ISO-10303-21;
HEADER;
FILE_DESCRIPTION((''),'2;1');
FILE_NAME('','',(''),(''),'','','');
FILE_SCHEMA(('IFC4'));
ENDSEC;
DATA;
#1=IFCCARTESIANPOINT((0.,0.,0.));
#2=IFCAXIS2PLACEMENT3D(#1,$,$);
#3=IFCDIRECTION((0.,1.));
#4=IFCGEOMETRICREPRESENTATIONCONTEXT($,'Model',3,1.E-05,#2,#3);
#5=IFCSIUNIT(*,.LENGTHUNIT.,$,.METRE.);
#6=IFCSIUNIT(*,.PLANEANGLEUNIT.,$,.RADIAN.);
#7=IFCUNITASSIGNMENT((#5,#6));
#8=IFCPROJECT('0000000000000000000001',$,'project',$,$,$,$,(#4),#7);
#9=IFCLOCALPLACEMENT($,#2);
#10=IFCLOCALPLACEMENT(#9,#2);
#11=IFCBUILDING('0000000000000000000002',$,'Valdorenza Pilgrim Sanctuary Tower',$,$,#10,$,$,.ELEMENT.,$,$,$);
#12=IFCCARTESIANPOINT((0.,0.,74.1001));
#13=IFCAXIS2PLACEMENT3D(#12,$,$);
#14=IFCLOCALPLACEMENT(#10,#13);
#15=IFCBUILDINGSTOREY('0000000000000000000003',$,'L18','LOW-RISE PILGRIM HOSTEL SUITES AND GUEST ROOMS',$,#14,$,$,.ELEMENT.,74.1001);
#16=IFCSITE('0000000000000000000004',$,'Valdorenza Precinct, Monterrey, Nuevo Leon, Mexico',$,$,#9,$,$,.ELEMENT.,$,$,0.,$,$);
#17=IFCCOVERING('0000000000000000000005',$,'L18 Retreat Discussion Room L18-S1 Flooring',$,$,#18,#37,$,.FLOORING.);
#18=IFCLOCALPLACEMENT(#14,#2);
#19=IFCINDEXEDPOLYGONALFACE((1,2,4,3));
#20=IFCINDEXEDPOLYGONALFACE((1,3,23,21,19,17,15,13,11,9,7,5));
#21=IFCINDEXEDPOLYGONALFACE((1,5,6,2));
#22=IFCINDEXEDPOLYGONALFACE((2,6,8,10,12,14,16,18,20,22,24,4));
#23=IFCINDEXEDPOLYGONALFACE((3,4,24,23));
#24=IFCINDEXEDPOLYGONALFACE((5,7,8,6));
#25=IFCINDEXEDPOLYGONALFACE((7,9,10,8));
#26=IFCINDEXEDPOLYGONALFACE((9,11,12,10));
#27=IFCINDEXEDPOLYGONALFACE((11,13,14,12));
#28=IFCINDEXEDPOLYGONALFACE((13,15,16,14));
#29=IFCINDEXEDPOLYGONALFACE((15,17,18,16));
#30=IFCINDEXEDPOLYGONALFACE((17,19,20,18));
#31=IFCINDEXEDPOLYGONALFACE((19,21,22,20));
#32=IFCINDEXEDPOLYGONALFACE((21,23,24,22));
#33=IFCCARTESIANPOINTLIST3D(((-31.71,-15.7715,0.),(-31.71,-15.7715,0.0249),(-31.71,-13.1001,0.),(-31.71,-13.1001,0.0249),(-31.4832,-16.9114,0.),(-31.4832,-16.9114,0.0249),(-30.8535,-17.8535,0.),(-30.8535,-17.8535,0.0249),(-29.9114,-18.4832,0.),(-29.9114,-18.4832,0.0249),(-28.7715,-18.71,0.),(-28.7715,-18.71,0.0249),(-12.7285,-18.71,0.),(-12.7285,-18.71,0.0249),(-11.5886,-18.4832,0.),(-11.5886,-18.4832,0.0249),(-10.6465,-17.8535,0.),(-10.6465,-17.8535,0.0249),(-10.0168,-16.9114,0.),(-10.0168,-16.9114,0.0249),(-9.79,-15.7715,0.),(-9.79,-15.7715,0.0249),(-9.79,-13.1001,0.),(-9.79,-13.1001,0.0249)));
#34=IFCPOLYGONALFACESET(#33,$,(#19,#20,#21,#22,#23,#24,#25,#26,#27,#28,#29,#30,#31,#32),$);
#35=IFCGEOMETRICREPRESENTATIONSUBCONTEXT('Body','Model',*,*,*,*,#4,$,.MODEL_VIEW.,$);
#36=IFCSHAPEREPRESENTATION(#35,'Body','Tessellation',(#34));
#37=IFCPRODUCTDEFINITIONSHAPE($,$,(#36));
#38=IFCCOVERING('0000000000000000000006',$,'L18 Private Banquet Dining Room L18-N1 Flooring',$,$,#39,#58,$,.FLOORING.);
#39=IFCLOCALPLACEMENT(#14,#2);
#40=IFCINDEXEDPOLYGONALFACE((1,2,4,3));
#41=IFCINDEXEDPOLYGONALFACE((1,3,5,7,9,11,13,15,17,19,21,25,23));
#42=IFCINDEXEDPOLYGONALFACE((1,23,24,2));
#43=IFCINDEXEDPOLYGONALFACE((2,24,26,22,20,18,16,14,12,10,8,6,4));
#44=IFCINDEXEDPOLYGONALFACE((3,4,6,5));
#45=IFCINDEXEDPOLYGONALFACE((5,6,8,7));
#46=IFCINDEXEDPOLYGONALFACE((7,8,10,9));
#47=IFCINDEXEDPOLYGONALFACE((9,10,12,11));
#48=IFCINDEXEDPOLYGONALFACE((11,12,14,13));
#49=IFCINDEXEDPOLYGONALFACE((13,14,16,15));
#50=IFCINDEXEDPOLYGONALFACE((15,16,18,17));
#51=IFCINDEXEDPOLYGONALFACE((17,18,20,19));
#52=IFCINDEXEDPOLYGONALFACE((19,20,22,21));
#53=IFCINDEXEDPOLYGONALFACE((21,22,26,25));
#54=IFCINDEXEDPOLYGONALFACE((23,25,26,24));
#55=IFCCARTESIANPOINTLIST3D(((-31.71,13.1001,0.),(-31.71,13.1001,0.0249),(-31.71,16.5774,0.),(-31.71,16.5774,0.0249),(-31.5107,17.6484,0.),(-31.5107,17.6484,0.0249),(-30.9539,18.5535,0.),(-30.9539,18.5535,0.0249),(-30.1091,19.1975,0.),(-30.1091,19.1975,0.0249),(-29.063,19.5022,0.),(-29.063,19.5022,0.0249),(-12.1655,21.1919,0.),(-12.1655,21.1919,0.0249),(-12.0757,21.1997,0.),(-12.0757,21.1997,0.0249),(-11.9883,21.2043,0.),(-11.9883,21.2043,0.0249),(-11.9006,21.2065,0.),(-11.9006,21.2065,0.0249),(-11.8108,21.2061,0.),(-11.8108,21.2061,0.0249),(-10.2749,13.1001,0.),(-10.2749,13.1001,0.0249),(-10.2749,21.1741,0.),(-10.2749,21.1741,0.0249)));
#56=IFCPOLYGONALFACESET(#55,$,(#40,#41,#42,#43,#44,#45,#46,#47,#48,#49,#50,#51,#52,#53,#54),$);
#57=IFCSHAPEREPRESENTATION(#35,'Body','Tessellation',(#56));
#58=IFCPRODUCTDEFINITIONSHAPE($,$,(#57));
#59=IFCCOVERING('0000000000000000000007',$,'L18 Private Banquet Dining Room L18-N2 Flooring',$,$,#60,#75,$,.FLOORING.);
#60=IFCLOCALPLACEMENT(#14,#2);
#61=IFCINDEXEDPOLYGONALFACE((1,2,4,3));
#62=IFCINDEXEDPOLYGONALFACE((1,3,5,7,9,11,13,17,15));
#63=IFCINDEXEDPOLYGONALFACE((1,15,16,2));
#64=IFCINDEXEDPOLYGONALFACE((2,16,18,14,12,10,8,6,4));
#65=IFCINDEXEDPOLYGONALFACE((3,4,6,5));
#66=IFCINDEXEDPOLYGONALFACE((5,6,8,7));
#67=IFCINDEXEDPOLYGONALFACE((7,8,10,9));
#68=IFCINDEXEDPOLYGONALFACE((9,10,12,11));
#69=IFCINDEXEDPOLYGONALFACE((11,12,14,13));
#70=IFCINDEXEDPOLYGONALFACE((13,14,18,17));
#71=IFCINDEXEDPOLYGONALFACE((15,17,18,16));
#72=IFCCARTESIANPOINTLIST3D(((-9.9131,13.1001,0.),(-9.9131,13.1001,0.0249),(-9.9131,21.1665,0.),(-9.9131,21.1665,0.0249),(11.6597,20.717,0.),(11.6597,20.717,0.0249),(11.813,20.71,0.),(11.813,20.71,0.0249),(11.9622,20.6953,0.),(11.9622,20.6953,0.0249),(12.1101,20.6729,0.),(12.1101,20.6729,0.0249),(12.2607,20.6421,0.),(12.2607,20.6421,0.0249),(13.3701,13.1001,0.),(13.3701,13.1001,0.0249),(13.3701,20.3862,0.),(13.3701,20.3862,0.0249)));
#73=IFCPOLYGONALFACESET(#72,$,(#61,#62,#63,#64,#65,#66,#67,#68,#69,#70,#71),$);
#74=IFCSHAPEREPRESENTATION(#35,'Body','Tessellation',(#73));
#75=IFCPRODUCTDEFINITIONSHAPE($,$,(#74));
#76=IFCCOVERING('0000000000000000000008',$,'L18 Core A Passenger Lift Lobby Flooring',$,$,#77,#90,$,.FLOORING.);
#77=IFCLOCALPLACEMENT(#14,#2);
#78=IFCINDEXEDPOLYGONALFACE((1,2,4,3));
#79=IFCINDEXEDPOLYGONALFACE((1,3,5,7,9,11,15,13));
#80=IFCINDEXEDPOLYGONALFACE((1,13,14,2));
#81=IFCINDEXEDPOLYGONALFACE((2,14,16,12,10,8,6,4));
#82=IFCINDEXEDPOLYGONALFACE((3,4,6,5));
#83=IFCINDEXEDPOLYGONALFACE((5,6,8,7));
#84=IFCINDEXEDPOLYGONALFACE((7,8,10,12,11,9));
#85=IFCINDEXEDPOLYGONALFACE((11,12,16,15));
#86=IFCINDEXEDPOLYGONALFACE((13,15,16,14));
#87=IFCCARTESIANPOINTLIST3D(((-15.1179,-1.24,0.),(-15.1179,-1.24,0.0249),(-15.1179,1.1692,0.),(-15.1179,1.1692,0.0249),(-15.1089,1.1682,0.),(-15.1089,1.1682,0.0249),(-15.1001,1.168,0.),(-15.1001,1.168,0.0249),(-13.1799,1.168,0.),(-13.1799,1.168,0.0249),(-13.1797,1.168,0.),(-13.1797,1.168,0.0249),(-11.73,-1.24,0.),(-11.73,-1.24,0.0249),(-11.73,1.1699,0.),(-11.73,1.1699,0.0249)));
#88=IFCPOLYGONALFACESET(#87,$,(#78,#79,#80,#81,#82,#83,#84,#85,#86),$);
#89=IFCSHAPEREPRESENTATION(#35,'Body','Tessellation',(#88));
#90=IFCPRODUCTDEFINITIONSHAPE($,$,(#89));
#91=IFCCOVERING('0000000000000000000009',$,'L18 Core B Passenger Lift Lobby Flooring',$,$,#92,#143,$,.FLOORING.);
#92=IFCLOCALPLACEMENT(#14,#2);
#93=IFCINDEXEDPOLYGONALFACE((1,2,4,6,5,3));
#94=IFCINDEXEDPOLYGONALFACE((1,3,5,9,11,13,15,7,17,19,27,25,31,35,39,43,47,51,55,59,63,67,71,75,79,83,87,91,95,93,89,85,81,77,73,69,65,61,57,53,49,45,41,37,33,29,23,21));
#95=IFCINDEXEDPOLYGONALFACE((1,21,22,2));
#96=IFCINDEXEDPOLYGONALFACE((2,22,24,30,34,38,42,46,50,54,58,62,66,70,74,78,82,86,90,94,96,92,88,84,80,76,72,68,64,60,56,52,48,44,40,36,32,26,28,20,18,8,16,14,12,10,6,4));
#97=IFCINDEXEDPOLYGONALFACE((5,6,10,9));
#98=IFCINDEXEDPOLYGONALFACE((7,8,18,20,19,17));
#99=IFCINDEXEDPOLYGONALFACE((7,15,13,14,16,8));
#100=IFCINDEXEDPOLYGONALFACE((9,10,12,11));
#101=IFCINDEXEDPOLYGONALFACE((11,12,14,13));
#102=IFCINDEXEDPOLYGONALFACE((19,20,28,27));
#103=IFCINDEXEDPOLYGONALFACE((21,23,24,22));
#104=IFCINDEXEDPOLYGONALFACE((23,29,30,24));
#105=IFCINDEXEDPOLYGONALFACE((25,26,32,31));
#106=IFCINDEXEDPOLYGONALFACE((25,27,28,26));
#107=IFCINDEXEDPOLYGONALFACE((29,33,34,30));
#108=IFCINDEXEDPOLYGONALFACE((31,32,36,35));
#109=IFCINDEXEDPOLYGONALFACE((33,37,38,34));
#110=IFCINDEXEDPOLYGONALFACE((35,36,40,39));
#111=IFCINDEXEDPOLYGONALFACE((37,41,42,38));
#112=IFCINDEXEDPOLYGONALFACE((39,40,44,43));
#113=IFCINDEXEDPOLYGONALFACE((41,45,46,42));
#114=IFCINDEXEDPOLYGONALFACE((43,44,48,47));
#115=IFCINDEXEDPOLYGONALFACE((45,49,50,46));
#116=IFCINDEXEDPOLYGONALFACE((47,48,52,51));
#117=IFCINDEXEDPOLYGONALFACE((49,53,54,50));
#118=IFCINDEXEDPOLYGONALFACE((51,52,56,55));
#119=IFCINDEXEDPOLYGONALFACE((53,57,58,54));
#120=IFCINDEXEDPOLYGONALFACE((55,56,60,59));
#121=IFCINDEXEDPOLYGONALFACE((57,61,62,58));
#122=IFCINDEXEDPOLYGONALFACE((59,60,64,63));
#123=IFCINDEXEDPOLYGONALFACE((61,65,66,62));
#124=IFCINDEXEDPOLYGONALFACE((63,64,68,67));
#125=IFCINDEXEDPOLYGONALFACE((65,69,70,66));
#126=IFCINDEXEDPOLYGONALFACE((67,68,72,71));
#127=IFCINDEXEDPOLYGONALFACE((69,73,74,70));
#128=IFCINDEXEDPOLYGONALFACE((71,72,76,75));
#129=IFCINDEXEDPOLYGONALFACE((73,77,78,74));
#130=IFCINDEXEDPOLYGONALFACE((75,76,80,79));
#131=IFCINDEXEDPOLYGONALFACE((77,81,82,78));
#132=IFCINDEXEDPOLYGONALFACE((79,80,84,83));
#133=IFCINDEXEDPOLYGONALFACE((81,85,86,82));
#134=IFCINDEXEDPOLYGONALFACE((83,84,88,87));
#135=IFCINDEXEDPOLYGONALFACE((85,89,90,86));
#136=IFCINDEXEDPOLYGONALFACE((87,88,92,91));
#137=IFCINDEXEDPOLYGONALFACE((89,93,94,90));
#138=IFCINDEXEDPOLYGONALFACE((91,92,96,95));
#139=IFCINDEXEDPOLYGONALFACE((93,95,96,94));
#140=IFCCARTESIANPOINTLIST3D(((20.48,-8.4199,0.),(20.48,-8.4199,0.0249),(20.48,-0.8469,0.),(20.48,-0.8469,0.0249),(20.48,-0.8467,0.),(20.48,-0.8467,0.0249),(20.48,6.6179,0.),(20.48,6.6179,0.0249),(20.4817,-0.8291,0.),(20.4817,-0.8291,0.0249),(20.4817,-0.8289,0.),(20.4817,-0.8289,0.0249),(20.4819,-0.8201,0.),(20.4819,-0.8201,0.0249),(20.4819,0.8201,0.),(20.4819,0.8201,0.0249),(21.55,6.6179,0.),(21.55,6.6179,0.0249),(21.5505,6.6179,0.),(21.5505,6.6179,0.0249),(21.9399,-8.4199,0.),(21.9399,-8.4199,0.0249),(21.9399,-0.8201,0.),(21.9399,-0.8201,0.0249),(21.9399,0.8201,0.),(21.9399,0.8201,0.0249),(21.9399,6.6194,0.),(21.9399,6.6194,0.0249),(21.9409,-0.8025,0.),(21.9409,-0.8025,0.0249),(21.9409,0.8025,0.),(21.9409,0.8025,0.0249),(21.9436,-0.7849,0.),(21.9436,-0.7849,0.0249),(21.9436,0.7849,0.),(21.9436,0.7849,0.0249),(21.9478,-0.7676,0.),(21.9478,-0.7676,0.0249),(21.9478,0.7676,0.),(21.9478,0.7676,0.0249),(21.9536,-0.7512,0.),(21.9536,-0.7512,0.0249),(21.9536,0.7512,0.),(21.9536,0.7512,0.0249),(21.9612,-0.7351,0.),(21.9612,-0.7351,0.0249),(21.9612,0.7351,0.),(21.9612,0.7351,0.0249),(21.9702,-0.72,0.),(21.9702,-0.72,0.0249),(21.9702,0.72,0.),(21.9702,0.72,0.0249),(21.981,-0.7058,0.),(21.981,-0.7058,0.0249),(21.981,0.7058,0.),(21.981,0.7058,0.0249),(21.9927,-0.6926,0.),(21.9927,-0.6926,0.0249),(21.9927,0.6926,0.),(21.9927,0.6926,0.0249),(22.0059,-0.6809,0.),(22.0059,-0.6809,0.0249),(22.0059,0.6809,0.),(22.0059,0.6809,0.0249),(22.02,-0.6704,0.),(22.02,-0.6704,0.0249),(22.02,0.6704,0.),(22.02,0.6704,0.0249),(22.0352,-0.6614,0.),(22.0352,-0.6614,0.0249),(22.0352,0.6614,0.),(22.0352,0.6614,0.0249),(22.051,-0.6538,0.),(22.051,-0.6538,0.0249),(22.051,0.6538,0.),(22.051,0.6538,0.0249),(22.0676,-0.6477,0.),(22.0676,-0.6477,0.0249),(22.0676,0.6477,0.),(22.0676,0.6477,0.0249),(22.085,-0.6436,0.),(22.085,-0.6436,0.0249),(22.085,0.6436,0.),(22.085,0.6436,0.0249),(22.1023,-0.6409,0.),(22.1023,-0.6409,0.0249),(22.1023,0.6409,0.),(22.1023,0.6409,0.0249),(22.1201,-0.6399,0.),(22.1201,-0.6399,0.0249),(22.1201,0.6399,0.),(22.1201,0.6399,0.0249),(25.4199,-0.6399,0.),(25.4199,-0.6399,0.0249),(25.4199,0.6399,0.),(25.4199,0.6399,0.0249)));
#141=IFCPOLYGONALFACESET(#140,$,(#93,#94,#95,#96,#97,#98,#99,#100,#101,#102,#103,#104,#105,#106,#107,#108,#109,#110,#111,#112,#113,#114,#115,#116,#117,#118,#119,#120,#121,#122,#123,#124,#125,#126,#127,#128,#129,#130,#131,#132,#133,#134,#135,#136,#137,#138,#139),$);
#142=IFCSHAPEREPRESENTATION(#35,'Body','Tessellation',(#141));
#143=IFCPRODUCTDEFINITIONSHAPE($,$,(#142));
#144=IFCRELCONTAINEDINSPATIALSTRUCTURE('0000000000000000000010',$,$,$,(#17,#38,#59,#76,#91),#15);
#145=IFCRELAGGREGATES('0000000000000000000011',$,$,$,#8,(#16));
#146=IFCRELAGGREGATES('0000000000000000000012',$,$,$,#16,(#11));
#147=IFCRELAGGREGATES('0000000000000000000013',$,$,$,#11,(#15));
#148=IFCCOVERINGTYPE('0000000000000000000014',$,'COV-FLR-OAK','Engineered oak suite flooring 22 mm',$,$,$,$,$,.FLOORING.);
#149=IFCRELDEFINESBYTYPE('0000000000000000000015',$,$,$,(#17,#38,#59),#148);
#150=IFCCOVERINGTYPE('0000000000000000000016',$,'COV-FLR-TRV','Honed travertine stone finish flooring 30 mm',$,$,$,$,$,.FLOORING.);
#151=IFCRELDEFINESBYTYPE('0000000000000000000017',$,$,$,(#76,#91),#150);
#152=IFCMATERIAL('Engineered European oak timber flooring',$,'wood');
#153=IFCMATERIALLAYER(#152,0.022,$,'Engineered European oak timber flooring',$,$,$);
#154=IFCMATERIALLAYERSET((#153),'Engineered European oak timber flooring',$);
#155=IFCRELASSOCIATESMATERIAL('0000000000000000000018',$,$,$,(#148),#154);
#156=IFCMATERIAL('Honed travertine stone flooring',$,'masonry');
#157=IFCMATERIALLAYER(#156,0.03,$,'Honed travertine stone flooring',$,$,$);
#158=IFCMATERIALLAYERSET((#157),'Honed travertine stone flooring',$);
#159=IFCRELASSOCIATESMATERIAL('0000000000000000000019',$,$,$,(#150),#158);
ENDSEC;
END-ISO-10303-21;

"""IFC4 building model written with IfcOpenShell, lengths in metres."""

from ifc_helpers import new_model, si_unit, direction, frame, origin, place, context, subcontext, project, spatial, polyline, outline, extrude, material, layer, layer_set, type_object, element, save


model = new_model("IFC4")

# Units and contexts
model_context = context("Model", 3, precision=1e-05, world=origin(), true_north=direction((0.0, 1.0)))
body_context = subcontext(model_context, "Body", "Model", "MODEL_VIEW")
ifc_project = project(units=[si_unit("LENGTHUNIT", "METRE"), si_unit("PLANEANGLEUNIT", "RADIAN")], contexts=[model_context])

# Site, building, storey
site_placement = place(None, origin())
site = spatial("IfcSite", under=ifc_project, at=site_placement, Name="Valdorenza Precinct, Monterrey, Nuevo Leon, Mexico", CompositionType="ELEMENT", RefElevation=0.0)
building_placement = place(site_placement, origin())
building = spatial("IfcBuilding", under=site, at=building_placement, Name="Valdorenza Pilgrim Sanctuary Tower", CompositionType="ELEMENT")
storey_placement = place(building_placement, frame((0.0, 0.0, 74.1001)))
storey = spatial("IfcBuildingStorey", under=building, at=storey_placement, Name="L18", Description="LOW-RISE PILGRIM HOSTEL SUITES AND GUEST ROOMS", CompositionType="ELEMENT", Elevation=74.1001)

# Coverings
ifc_material_1 = material(Name="Engineered European oak timber flooring", Category="wood")
ifc_layer_1 = layer(ifc_material_1, 0.022, Name="Engineered European oak timber flooring")
ifc_layer_set_1 = layer_set([ifc_layer_1], Name="Engineered European oak timber flooring")
covering_type_1 = type_object("IfcCoveringType", Name="COV-FLR-OAK", Description="Engineered oak suite flooring 22 mm", PredefinedType="FLOORING", material=ifc_layer_set_1)
covering_1_placement = place(storey_placement, origin())
element("IfcCovering", 1, at=covering_1_placement, inside=storey, type_object=covering_type_1, Name="L18 Retreat Discussion Room L18-S1 Flooring", PredefinedType="FLOORING", context=body_context, shape_type="SweptSolid", body=[
    extrude(outline(polyline([(-9.79, -15.7715), (-10.0168, -16.9114), (-10.6465, -17.8535), (-11.5886, -18.4832), (-12.7285, -18.71), (-28.7715, -18.71), (-29.9114, -18.4832), (-30.8535, -17.8535), (-31.4832, -16.9114), (-31.71, -15.7715), (-31.71, -13.1001), (-9.79, -13.1001), (-9.79, -15.7715)])), origin(), (0.0, 0.0, 1.0), 0.0249),
])
covering_2_placement = place(storey_placement, origin())
element("IfcCovering", 2, at=covering_2_placement, inside=storey, type_object=covering_type_1, Name="L18 Private Banquet Dining Room L18-N1 Flooring", PredefinedType="FLOORING", context=body_context, shape_type="SweptSolid", body=[
    extrude(outline(polyline([(-31.71, 13.1001), (-31.71, 16.5774), (-31.5107, 17.6484), (-30.9539, 18.5535), (-30.1091, 19.1975), (-29.063, 19.5022), (-12.1655, 21.1919), (-12.0757, 21.1997), (-11.9883, 21.2043), (-11.9006, 21.2065), (-11.8108, 21.2061), (-10.2749, 21.1741), (-10.2749, 13.1001), (-31.71, 13.1001)])), origin(), (0.0, 0.0, 1.0), 0.0249),
])
covering_3_placement = place(storey_placement, origin())
element("IfcCovering", 3, at=covering_3_placement, inside=storey, type_object=covering_type_1, Name="L18 Private Banquet Dining Room L18-N2 Flooring", PredefinedType="FLOORING", context=body_context, shape_type="SweptSolid", body=[
    extrude(outline(polyline([(-9.9131, 13.1001), (-9.9131, 21.1665), (11.6597, 20.717), (11.813, 20.71), (11.9622, 20.6953), (12.1101, 20.6729), (12.2607, 20.6421), (13.3701, 20.3862), (13.3701, 13.1001), (-9.9131, 13.1001)])), origin(), (0.0, 0.0, 1.0), 0.0249),
])
ifc_material_2 = material(Name="Honed travertine stone flooring", Category="masonry")
ifc_layer_2 = layer(ifc_material_2, 0.03, Name="Honed travertine stone flooring")
ifc_layer_set_2 = layer_set([ifc_layer_2], Name="Honed travertine stone flooring")
covering_type_2 = type_object("IfcCoveringType", Name="COV-FLR-TRV", Description="Honed travertine stone finish flooring 30 mm", PredefinedType="FLOORING", material=ifc_layer_set_2)
covering_4_placement = place(storey_placement, origin())
element("IfcCovering", 4, at=covering_4_placement, inside=storey, type_object=covering_type_2, Name="L18 Core A Passenger Lift Lobby Flooring", PredefinedType="FLOORING", context=body_context, shape_type="SweptSolid", body=[
    extrude(outline(polyline([(-15.1179, 1.1692), (-15.1089, 1.1682), (-15.1089, 1.1682), (-15.1001, 1.168), (-13.1799, 1.168), (-13.1797, 1.168), (-11.73, 1.1699), (-11.73, -1.24), (-15.1179, -1.24), (-15.1179, 1.1692)])), origin(), (0.0, 0.0, 1.0), 0.0249),
])
covering_5_placement = place(storey_placement, origin())
element("IfcCovering", 5, at=covering_5_placement, inside=storey, type_object=covering_type_2, Name="L18 Core B Passenger Lift Lobby Flooring", PredefinedType="FLOORING", context=body_context, shape_type="SweptSolid", body=[
    extrude(outline(polyline([(20.48, 6.6179), (21.55, 6.6179), (21.5505, 6.6179), (21.9399, 6.6194), (21.9399, 0.8201), (21.9409, 0.8025), (21.9436, 0.7849), (21.9478, 0.7676), (21.9536, 0.7512), (21.9612, 0.7351), (21.9702, 0.72), (21.981, 0.7058), (21.9927, 0.6926), (22.0059, 0.6809), (22.02, 0.6704), (22.0352, 0.6614), (22.051, 0.6538), (22.0676, 0.6477), (22.085, 0.6436), (22.1023, 0.6409), (22.1201, 0.6399), (25.4199, 0.6399), (25.4199, -0.6399), (22.1201, -0.6399), (22.1023, -0.6409), (22.085, -0.6436), (22.0676, -0.6477), (22.051, -0.6538), (22.0352, -0.6614), (22.02, -0.6704), (22.0059, -0.6809), (21.9927, -0.6926), (21.981, -0.7058), (21.9702, -0.72), (21.9612, -0.7351), (21.9536, -0.7512), (21.9478, -0.7676), (21.9436, -0.7849), (21.9409, -0.8025), (21.9399, -0.8201), (21.9399, -8.4199), (20.48, -8.4199), (20.48, -0.8469), (20.48, -0.8467), (20.48, -0.8467), (20.4817, -0.8291), (20.4817, -0.8289), (20.4819, -0.8201), (20.4819, 0.8201), (20.48, 6.6179)])), origin(), (0.0, 0.0, 1.0), 0.0249),
])

save(model, "model.ifc")
